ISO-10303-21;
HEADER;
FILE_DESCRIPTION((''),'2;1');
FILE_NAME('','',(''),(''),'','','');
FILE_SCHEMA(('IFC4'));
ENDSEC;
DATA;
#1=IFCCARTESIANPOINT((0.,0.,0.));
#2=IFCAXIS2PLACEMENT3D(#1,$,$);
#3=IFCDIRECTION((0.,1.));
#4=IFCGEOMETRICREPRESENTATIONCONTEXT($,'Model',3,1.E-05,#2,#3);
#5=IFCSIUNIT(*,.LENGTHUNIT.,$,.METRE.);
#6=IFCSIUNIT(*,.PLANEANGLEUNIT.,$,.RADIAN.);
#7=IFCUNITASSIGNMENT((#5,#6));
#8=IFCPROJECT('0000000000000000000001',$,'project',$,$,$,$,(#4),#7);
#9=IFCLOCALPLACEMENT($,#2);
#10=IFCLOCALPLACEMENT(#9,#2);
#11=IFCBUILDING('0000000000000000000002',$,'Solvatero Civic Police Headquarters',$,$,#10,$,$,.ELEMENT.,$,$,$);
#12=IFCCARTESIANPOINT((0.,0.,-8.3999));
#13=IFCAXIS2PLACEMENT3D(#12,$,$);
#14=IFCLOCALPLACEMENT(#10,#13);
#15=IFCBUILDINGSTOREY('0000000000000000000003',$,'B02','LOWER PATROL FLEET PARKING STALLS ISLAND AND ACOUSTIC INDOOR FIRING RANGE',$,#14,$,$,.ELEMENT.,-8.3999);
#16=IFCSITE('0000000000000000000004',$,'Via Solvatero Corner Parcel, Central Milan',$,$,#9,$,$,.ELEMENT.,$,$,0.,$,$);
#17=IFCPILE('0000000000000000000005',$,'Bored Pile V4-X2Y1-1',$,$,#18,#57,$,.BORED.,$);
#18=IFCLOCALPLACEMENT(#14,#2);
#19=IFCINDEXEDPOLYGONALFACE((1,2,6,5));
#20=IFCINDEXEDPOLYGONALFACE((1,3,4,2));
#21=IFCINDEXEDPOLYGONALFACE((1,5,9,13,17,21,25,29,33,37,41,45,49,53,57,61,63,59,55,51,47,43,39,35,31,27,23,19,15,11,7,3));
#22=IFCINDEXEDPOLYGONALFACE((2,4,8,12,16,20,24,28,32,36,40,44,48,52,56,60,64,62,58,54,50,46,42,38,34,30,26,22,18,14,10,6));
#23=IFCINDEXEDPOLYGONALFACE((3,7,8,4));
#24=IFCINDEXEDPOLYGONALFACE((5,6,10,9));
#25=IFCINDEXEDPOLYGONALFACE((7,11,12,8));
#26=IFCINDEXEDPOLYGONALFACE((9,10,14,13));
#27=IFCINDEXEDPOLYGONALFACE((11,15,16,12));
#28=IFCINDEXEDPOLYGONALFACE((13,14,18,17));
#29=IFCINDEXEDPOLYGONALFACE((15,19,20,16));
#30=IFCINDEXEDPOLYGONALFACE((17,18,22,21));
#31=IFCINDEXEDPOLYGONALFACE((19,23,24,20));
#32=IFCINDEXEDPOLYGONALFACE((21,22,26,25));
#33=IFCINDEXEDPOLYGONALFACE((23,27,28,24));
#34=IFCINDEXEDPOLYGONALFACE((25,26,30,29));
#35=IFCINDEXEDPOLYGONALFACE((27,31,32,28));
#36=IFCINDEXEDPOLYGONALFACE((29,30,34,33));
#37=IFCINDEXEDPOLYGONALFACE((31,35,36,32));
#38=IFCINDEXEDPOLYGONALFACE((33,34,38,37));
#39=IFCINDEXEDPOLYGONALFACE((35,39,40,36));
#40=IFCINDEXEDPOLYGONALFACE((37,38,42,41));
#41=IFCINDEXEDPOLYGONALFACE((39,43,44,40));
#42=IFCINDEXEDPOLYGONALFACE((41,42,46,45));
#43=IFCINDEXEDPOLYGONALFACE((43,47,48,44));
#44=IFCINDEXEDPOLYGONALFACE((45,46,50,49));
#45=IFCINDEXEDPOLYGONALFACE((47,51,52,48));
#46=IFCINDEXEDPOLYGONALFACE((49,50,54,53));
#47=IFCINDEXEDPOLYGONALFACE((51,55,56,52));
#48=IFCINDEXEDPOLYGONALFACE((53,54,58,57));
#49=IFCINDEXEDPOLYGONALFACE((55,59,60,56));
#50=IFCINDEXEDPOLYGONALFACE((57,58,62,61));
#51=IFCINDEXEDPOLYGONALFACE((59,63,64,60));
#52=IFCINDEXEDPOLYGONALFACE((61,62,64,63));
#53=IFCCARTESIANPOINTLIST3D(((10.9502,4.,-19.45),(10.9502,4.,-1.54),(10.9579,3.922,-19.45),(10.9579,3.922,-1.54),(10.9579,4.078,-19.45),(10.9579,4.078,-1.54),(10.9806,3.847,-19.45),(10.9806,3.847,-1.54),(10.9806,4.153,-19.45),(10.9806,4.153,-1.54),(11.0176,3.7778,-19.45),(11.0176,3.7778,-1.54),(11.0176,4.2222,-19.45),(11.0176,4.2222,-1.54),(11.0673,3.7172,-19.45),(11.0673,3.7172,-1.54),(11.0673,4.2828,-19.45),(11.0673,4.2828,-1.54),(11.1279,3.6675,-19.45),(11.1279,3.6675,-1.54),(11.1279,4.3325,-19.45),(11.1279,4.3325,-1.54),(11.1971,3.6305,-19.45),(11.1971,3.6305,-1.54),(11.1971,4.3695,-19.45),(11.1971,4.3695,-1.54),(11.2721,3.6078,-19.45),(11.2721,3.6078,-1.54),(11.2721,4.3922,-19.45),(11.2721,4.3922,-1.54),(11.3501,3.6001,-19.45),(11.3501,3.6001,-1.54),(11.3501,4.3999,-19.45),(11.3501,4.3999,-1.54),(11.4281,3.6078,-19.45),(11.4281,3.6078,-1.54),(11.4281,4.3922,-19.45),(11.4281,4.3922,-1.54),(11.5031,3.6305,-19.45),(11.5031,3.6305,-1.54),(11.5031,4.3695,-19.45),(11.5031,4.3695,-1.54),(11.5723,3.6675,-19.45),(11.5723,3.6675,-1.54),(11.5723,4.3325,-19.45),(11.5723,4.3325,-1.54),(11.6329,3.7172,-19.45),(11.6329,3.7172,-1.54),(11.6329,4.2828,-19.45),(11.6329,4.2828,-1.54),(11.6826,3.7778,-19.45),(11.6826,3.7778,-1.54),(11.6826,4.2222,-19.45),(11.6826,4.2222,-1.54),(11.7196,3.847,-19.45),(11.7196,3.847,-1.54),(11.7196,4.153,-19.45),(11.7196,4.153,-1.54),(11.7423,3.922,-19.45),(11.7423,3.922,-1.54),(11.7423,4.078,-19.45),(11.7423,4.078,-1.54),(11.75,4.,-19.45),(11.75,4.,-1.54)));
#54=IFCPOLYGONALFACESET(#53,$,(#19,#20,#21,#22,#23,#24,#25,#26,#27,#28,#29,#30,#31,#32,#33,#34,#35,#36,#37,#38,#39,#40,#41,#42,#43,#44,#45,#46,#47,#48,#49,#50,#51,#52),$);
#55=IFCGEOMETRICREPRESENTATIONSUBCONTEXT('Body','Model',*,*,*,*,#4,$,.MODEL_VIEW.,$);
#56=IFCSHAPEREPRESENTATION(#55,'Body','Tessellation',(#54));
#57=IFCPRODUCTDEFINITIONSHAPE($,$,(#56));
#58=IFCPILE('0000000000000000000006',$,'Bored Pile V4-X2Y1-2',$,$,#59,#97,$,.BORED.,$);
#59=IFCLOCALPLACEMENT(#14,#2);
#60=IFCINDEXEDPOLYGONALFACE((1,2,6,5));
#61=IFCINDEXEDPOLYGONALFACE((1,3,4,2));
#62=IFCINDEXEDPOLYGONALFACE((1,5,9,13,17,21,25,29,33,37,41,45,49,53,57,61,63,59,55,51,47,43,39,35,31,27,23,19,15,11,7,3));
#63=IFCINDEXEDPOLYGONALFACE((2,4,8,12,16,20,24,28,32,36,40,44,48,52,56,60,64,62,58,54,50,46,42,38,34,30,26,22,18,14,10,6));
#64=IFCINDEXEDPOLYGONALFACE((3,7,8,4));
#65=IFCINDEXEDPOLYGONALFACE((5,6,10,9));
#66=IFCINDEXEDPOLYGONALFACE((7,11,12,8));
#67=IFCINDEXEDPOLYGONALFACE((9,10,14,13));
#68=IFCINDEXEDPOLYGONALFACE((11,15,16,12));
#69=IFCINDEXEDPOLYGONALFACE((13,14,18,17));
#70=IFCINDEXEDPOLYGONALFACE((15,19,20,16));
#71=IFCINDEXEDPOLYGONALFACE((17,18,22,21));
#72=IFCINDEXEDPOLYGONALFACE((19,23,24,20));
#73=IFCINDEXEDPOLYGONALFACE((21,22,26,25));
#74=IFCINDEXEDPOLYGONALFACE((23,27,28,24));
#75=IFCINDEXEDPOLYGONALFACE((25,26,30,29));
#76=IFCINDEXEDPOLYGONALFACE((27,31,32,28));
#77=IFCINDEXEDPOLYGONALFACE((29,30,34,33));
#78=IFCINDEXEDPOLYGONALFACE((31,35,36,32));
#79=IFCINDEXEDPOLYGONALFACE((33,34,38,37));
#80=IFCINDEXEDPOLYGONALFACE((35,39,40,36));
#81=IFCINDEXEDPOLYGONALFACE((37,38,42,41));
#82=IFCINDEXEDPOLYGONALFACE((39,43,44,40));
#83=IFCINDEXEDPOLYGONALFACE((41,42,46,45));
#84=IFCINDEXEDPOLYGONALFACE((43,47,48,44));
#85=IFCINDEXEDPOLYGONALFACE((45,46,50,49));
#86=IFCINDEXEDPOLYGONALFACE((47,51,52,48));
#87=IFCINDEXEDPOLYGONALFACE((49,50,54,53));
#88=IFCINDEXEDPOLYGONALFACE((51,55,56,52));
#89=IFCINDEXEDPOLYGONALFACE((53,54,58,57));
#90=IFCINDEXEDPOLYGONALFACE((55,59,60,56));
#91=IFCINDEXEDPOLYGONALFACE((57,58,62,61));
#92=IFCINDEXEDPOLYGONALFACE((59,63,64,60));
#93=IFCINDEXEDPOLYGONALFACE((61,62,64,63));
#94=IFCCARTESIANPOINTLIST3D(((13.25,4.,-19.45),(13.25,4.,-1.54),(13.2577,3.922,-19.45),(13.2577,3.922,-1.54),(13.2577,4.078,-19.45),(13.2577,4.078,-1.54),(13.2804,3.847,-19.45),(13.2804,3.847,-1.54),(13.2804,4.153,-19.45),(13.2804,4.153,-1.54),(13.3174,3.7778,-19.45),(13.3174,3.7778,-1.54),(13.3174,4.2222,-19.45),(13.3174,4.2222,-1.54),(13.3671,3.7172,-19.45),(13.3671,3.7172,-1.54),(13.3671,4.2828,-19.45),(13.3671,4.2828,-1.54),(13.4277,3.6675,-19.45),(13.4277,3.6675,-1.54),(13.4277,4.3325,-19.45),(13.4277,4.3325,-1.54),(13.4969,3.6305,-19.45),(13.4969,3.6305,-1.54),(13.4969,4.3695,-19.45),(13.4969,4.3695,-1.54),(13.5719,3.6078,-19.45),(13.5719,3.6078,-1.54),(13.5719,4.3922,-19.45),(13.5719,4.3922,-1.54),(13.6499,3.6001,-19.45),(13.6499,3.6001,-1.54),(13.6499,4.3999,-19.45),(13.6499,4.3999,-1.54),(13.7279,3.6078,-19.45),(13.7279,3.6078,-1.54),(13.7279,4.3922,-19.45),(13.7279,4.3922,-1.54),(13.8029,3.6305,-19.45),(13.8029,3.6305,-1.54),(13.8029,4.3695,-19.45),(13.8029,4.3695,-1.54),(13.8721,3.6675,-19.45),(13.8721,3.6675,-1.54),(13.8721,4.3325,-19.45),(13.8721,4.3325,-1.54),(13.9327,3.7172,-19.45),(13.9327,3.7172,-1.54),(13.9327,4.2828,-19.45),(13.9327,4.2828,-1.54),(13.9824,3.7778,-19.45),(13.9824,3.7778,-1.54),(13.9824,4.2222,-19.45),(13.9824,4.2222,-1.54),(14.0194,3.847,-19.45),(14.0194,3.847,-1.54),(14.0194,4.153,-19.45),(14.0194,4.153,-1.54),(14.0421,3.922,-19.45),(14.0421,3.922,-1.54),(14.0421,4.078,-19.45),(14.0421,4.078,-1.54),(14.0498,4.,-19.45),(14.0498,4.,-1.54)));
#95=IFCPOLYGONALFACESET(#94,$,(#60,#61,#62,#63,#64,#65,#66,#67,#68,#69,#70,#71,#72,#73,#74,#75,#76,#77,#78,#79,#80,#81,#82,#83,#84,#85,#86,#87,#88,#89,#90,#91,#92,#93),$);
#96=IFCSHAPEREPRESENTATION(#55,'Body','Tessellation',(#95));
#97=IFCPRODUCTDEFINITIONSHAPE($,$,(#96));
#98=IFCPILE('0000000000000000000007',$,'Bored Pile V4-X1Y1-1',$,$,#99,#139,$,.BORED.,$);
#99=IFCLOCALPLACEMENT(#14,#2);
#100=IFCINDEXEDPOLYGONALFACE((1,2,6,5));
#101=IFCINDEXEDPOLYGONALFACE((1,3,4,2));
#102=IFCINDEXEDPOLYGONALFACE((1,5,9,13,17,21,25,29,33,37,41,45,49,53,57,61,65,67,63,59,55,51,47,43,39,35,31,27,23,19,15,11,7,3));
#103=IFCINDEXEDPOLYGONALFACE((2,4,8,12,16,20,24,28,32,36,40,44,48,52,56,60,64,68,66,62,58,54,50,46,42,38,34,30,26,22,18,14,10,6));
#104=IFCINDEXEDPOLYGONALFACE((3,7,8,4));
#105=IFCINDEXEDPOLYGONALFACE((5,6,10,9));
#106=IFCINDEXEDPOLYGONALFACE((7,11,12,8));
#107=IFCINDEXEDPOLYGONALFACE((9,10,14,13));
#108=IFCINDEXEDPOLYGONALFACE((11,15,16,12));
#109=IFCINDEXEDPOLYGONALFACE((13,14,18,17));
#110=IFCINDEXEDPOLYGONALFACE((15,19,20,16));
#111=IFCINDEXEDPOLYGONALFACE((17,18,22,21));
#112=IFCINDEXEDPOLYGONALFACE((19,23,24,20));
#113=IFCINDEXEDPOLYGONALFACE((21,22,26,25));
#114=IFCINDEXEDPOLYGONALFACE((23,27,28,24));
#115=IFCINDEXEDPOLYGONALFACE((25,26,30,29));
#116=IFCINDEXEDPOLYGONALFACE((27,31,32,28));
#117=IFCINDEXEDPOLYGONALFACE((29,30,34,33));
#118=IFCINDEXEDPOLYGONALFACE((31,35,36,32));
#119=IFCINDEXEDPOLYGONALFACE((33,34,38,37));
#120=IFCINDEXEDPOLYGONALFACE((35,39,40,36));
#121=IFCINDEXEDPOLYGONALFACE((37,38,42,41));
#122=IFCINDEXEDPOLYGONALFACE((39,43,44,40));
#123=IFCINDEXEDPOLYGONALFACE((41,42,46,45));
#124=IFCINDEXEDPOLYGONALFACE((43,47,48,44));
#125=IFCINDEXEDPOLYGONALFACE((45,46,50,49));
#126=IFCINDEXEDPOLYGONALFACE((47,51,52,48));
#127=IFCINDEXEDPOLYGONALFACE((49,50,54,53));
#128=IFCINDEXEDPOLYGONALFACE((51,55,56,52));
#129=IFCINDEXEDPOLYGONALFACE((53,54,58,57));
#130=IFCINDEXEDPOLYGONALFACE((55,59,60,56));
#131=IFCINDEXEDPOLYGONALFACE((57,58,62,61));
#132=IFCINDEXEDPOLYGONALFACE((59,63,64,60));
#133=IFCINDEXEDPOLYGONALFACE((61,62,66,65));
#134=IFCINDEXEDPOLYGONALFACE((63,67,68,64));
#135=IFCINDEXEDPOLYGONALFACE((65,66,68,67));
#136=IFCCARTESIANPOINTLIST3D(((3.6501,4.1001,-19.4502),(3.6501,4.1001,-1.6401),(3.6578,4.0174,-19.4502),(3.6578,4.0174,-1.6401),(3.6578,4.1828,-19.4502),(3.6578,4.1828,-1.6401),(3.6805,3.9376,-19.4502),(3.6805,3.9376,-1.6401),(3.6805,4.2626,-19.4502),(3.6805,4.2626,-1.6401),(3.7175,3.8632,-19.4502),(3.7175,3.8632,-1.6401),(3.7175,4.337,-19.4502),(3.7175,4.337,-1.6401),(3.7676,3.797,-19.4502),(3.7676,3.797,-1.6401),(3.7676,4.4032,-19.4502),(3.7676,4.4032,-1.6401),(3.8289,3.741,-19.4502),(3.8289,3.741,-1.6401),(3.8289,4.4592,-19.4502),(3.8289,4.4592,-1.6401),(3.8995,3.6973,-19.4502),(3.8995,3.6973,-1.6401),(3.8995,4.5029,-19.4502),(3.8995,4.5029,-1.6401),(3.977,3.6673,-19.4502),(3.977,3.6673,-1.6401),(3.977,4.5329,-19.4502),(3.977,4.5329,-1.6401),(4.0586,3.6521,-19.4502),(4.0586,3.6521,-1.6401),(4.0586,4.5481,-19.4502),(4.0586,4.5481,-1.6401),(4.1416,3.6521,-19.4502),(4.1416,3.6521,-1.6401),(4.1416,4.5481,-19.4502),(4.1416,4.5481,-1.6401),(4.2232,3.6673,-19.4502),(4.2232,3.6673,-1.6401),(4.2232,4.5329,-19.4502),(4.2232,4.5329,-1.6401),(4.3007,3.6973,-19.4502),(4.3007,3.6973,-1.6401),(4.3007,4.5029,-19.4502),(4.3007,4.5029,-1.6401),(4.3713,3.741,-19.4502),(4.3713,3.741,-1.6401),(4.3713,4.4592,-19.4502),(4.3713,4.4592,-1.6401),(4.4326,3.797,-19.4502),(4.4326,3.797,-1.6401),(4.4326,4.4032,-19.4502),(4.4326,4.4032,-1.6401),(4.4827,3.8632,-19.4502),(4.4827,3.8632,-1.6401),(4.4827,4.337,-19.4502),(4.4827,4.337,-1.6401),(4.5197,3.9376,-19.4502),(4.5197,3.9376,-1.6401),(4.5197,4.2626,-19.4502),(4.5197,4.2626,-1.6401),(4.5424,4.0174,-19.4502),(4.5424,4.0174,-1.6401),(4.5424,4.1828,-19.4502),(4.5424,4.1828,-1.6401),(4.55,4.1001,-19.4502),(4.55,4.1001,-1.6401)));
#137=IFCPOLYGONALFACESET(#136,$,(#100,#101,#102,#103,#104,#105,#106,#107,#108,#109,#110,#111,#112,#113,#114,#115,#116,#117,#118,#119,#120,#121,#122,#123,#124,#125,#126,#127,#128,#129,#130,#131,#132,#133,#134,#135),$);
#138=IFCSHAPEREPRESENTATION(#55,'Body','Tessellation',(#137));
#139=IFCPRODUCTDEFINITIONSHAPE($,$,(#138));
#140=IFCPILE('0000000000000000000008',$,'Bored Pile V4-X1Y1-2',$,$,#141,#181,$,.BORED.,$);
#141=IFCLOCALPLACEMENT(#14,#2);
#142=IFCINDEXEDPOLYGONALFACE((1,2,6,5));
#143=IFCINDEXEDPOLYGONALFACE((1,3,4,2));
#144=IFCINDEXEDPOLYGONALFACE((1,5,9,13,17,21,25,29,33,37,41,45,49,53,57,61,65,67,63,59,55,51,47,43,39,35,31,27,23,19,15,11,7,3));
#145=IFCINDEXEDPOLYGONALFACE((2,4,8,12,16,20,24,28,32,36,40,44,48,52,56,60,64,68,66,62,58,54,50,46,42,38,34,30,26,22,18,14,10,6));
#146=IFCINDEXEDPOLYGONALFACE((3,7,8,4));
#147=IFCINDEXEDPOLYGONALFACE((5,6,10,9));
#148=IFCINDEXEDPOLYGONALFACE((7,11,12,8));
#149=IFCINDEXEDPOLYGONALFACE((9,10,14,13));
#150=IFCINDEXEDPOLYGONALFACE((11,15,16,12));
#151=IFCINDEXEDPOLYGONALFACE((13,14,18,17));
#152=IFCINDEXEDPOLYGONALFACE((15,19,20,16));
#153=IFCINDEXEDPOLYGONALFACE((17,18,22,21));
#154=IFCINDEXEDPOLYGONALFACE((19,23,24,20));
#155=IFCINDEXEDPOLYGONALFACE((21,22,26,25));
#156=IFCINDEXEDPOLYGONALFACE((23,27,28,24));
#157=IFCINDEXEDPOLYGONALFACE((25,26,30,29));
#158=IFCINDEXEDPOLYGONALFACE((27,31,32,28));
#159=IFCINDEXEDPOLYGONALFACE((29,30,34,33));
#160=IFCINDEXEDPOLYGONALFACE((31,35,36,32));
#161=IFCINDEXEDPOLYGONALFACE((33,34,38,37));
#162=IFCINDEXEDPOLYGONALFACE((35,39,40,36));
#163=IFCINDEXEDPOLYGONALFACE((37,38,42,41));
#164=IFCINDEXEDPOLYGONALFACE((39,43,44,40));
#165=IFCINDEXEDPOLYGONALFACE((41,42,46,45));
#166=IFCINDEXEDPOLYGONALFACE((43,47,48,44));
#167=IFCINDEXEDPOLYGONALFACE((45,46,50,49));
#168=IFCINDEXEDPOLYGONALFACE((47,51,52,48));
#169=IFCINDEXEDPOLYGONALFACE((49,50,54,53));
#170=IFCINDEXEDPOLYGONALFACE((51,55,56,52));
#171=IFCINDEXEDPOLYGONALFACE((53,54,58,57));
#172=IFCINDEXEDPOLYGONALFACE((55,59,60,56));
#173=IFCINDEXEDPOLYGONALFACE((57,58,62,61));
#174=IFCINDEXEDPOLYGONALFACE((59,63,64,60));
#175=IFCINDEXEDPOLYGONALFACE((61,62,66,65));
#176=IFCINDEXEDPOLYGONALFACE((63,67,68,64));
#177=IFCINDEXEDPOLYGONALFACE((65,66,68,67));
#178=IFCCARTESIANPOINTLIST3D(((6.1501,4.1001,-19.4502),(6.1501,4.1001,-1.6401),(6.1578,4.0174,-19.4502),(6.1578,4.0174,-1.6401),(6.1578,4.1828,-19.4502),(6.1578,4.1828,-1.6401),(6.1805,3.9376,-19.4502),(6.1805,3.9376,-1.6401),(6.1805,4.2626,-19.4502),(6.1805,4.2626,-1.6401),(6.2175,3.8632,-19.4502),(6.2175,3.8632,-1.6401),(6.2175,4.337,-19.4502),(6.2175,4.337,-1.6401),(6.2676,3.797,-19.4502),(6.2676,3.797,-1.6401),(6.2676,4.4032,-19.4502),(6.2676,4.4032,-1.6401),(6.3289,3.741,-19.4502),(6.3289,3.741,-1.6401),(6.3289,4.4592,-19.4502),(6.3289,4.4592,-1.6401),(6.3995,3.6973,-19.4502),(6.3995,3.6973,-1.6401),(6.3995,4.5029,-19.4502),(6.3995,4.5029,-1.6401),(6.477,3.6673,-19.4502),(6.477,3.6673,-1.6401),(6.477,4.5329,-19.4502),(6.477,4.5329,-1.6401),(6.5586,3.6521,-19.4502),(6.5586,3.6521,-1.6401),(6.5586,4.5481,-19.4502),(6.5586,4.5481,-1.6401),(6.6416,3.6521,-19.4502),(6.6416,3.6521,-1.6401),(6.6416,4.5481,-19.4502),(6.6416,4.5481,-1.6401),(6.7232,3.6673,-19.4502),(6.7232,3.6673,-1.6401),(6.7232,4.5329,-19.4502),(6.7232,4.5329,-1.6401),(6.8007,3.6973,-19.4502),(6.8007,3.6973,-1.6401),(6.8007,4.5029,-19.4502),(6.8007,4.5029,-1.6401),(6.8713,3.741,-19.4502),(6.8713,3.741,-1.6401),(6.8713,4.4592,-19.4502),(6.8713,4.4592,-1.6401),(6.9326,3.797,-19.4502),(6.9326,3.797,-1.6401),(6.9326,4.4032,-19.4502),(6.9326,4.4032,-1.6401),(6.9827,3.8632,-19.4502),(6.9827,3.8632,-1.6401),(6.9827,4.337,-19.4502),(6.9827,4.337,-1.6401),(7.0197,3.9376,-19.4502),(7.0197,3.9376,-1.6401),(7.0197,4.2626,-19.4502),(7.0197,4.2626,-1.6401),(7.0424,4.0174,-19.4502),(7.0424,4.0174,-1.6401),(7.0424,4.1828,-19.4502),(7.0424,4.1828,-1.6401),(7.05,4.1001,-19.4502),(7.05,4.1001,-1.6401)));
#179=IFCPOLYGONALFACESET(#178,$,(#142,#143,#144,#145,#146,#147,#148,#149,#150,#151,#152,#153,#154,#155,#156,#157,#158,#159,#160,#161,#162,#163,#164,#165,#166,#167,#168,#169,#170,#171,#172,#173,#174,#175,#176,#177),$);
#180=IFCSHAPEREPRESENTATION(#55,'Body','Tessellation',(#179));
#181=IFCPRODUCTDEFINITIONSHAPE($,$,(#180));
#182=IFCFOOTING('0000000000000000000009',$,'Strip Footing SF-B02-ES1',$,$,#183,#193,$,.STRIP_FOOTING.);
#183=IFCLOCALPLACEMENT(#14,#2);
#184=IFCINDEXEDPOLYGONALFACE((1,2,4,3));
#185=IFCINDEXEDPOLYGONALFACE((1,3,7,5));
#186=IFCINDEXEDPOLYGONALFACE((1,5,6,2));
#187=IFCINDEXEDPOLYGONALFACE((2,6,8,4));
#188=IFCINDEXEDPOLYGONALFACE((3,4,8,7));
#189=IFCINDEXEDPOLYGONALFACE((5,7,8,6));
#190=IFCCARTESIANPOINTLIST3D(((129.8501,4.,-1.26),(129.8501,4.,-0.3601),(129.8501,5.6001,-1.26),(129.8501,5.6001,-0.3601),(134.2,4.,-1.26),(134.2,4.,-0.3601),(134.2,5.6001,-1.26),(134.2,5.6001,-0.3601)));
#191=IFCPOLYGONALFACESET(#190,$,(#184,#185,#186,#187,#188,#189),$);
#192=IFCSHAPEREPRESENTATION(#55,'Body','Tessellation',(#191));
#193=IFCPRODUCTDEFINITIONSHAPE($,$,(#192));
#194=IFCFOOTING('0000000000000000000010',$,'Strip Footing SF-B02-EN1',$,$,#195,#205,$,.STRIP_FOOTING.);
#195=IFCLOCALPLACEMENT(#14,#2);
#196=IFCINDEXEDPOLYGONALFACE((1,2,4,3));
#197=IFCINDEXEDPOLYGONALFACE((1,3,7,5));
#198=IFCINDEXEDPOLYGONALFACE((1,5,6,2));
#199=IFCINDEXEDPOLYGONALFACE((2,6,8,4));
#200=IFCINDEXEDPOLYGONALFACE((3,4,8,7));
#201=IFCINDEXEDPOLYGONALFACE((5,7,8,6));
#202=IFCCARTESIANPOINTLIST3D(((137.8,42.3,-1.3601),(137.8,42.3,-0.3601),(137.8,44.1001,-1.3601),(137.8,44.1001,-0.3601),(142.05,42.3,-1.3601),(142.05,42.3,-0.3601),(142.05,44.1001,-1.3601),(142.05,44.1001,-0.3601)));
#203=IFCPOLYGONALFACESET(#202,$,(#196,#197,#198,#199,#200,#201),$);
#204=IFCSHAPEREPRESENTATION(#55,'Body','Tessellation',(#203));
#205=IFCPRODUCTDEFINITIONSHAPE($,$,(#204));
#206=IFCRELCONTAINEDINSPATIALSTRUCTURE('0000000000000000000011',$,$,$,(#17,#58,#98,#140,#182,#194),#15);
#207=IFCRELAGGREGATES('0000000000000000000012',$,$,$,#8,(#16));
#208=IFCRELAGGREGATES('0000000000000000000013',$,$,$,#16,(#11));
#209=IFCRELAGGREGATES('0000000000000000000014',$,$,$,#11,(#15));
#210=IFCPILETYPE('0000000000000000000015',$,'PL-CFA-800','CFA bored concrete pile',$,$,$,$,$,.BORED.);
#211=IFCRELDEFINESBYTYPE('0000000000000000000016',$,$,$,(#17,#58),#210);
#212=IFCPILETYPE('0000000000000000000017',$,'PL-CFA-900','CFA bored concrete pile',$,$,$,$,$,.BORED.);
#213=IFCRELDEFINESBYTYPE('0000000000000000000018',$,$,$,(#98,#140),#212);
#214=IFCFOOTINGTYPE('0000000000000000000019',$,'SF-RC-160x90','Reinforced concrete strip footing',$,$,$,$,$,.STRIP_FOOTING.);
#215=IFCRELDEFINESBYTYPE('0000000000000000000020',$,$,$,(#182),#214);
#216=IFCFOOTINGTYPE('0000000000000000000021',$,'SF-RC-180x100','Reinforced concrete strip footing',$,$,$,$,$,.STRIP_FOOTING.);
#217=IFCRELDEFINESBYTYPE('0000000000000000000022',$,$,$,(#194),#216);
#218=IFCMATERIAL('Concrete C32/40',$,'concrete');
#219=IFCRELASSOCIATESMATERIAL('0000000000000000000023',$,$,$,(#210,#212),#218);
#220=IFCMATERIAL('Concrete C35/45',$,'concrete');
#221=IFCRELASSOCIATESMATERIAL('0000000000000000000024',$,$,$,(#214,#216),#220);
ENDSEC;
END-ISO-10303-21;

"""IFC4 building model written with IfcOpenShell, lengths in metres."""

from ifc_helpers import new_model, si_unit, direction, frame, origin, origin_2d, place, context, subcontext, project, spatial, polyline, circle, outline, extrude, material, material_profile, profile_set, type_object, element, save


model = new_model("IFC4")

# Units and contexts
model_context = context("Model", 3, precision=1e-05, world=origin(), true_north=direction((0.0, 1.0)))
body_context = subcontext(model_context, "Body", "Model", "MODEL_VIEW")
ifc_project = project(units=[si_unit("LENGTHUNIT", "METRE"), si_unit("PLANEANGLEUNIT", "RADIAN")], contexts=[model_context])

# Site, building, storey
site_placement = place(None, origin())
site = spatial("IfcSite", under=ifc_project, at=site_placement, Name="Via Solvatero Corner Parcel, Central Milan", CompositionType="ELEMENT", RefElevation=0.0)
building_placement = place(site_placement, origin())
building = spatial("IfcBuilding", under=site, at=building_placement, Name="Solvatero Civic Police Headquarters", CompositionType="ELEMENT")
storey_placement = place(building_placement, frame((0.0, 0.0, -8.3999)))
storey = spatial("IfcBuildingStorey", under=building, at=storey_placement, Name="B02", Description="LOWER PATROL FLEET PARKING STALLS ISLAND AND ACOUSTIC INDOOR FIRING RANGE", CompositionType="ELEMENT", Elevation=-8.3999)

# Piles
ifc_material_1 = material(Name="Concrete C32/40", Category="concrete")
ifc_material_profile_1 = material_profile(ifc_material_1, circle(Radius=0.3999, at=origin_2d()), Name="CFA PILE D800")
ifc_profile_set_1 = profile_set([ifc_material_profile_1], Name="Concrete C32/40")
pile_type_1 = type_object("IfcPileType", Name="PL-CFA-800", Description="CFA bored concrete pile", PredefinedType="BORED", material=ifc_profile_set_1)
for number, where, z_axis, x_axis, name in (
    (1, (11.3501, 4.0, -1.54), (0.0, 0.0, -1.0), (1.0, 0.0, 0.0), "Bored Pile V4-X2Y1-1"),
    (2, (13.6499, 4.0, -1.54), (0.0, 0.0, -1.0), (1.0, 0.0, 0.0), "Bored Pile V4-X2Y1-2"),
):
    element("IfcPile", number, at=place(storey_placement, frame(where, z_axis=z_axis, x_axis=x_axis)), inside=storey, type_object=pile_type_1, Name=name, PredefinedType="BORED", context=body_context, shape_type="SweptSolid", body=[
        extrude(circle(Radius=0.3999, at=origin_2d()), origin(), (0.0, 0.0, 1.0), 17.9099),
    ])
ifc_material_profile_2 = material_profile(ifc_material_1, circle(Radius=0.45, at=origin_2d()), Name="CFA PILE D900")
ifc_profile_set_2 = profile_set([ifc_material_profile_2], Name="Concrete C32/40")
pile_type_2 = type_object("IfcPileType", Name="PL-CFA-900", Description="CFA bored concrete pile", PredefinedType="BORED", material=ifc_profile_set_2)
for number, where, z_axis, x_axis, name in (
    (3, (4.1001, 4.1001, -1.6401), (0.0, 0.0, -1.0), (1.0, 0.0, 0.0), "Bored Pile V4-X1Y1-1"),
    (4, (6.6001, 4.1001, -1.6401), (0.0, 0.0, -1.0), (1.0, 0.0, 0.0), "Bored Pile V4-X1Y1-2"),
):
    element("IfcPile", number, at=place(storey_placement, frame(where, z_axis=z_axis, x_axis=x_axis)), inside=storey, type_object=pile_type_2, Name=name, PredefinedType="BORED", context=body_context, shape_type="SweptSolid", body=[
        extrude(circle(Radius=0.45, at=origin_2d()), origin(), (0.0, 0.0, 1.0), 17.8101),
    ])

# Footings
ifc_material_2 = material(Name="Concrete C35/45", Category="concrete")
footing_type_1 = type_object("IfcFootingType", Name="SF-RC-160x90", Description="Reinforced concrete strip footing", PredefinedType="STRIP_FOOTING", material=ifc_material_2)
footing_1_placement = place(storey_placement, frame((0.0, 0.0, -1.26)))
element("IfcFooting", 5, at=footing_1_placement, inside=storey, type_object=footing_type_1, Name="Strip Footing SF-B02-ES1", PredefinedType="STRIP_FOOTING", context=body_context, shape_type="SweptSolid", body=[
    extrude(outline(polyline([(129.8501, 4.0), (134.2, 4.0), (134.2, 5.6001), (129.8501, 5.6001), (129.8501, 4.0)])), origin(), (0.0, 0.0, 1.0), 0.8999),
])
footing_type_2 = type_object("IfcFootingType", Name="SF-RC-180x100", Description="Reinforced concrete strip footing", PredefinedType="STRIP_FOOTING", material=ifc_material_2)
footing_2_placement = place(storey_placement, frame((0.0, 0.0, -1.3601)))
element("IfcFooting", 6, at=footing_2_placement, inside=storey, type_object=footing_type_2, Name="Strip Footing SF-B02-EN1", PredefinedType="STRIP_FOOTING", context=body_context, shape_type="SweptSolid", body=[
    extrude(outline(polyline([(137.8, 42.3), (142.05, 42.3), (142.05, 44.1001), (137.8, 44.1001), (137.8, 42.3)])), origin(), (0.0, 0.0, 1.0), 1.0),
])

save(model, "model.ifc")
